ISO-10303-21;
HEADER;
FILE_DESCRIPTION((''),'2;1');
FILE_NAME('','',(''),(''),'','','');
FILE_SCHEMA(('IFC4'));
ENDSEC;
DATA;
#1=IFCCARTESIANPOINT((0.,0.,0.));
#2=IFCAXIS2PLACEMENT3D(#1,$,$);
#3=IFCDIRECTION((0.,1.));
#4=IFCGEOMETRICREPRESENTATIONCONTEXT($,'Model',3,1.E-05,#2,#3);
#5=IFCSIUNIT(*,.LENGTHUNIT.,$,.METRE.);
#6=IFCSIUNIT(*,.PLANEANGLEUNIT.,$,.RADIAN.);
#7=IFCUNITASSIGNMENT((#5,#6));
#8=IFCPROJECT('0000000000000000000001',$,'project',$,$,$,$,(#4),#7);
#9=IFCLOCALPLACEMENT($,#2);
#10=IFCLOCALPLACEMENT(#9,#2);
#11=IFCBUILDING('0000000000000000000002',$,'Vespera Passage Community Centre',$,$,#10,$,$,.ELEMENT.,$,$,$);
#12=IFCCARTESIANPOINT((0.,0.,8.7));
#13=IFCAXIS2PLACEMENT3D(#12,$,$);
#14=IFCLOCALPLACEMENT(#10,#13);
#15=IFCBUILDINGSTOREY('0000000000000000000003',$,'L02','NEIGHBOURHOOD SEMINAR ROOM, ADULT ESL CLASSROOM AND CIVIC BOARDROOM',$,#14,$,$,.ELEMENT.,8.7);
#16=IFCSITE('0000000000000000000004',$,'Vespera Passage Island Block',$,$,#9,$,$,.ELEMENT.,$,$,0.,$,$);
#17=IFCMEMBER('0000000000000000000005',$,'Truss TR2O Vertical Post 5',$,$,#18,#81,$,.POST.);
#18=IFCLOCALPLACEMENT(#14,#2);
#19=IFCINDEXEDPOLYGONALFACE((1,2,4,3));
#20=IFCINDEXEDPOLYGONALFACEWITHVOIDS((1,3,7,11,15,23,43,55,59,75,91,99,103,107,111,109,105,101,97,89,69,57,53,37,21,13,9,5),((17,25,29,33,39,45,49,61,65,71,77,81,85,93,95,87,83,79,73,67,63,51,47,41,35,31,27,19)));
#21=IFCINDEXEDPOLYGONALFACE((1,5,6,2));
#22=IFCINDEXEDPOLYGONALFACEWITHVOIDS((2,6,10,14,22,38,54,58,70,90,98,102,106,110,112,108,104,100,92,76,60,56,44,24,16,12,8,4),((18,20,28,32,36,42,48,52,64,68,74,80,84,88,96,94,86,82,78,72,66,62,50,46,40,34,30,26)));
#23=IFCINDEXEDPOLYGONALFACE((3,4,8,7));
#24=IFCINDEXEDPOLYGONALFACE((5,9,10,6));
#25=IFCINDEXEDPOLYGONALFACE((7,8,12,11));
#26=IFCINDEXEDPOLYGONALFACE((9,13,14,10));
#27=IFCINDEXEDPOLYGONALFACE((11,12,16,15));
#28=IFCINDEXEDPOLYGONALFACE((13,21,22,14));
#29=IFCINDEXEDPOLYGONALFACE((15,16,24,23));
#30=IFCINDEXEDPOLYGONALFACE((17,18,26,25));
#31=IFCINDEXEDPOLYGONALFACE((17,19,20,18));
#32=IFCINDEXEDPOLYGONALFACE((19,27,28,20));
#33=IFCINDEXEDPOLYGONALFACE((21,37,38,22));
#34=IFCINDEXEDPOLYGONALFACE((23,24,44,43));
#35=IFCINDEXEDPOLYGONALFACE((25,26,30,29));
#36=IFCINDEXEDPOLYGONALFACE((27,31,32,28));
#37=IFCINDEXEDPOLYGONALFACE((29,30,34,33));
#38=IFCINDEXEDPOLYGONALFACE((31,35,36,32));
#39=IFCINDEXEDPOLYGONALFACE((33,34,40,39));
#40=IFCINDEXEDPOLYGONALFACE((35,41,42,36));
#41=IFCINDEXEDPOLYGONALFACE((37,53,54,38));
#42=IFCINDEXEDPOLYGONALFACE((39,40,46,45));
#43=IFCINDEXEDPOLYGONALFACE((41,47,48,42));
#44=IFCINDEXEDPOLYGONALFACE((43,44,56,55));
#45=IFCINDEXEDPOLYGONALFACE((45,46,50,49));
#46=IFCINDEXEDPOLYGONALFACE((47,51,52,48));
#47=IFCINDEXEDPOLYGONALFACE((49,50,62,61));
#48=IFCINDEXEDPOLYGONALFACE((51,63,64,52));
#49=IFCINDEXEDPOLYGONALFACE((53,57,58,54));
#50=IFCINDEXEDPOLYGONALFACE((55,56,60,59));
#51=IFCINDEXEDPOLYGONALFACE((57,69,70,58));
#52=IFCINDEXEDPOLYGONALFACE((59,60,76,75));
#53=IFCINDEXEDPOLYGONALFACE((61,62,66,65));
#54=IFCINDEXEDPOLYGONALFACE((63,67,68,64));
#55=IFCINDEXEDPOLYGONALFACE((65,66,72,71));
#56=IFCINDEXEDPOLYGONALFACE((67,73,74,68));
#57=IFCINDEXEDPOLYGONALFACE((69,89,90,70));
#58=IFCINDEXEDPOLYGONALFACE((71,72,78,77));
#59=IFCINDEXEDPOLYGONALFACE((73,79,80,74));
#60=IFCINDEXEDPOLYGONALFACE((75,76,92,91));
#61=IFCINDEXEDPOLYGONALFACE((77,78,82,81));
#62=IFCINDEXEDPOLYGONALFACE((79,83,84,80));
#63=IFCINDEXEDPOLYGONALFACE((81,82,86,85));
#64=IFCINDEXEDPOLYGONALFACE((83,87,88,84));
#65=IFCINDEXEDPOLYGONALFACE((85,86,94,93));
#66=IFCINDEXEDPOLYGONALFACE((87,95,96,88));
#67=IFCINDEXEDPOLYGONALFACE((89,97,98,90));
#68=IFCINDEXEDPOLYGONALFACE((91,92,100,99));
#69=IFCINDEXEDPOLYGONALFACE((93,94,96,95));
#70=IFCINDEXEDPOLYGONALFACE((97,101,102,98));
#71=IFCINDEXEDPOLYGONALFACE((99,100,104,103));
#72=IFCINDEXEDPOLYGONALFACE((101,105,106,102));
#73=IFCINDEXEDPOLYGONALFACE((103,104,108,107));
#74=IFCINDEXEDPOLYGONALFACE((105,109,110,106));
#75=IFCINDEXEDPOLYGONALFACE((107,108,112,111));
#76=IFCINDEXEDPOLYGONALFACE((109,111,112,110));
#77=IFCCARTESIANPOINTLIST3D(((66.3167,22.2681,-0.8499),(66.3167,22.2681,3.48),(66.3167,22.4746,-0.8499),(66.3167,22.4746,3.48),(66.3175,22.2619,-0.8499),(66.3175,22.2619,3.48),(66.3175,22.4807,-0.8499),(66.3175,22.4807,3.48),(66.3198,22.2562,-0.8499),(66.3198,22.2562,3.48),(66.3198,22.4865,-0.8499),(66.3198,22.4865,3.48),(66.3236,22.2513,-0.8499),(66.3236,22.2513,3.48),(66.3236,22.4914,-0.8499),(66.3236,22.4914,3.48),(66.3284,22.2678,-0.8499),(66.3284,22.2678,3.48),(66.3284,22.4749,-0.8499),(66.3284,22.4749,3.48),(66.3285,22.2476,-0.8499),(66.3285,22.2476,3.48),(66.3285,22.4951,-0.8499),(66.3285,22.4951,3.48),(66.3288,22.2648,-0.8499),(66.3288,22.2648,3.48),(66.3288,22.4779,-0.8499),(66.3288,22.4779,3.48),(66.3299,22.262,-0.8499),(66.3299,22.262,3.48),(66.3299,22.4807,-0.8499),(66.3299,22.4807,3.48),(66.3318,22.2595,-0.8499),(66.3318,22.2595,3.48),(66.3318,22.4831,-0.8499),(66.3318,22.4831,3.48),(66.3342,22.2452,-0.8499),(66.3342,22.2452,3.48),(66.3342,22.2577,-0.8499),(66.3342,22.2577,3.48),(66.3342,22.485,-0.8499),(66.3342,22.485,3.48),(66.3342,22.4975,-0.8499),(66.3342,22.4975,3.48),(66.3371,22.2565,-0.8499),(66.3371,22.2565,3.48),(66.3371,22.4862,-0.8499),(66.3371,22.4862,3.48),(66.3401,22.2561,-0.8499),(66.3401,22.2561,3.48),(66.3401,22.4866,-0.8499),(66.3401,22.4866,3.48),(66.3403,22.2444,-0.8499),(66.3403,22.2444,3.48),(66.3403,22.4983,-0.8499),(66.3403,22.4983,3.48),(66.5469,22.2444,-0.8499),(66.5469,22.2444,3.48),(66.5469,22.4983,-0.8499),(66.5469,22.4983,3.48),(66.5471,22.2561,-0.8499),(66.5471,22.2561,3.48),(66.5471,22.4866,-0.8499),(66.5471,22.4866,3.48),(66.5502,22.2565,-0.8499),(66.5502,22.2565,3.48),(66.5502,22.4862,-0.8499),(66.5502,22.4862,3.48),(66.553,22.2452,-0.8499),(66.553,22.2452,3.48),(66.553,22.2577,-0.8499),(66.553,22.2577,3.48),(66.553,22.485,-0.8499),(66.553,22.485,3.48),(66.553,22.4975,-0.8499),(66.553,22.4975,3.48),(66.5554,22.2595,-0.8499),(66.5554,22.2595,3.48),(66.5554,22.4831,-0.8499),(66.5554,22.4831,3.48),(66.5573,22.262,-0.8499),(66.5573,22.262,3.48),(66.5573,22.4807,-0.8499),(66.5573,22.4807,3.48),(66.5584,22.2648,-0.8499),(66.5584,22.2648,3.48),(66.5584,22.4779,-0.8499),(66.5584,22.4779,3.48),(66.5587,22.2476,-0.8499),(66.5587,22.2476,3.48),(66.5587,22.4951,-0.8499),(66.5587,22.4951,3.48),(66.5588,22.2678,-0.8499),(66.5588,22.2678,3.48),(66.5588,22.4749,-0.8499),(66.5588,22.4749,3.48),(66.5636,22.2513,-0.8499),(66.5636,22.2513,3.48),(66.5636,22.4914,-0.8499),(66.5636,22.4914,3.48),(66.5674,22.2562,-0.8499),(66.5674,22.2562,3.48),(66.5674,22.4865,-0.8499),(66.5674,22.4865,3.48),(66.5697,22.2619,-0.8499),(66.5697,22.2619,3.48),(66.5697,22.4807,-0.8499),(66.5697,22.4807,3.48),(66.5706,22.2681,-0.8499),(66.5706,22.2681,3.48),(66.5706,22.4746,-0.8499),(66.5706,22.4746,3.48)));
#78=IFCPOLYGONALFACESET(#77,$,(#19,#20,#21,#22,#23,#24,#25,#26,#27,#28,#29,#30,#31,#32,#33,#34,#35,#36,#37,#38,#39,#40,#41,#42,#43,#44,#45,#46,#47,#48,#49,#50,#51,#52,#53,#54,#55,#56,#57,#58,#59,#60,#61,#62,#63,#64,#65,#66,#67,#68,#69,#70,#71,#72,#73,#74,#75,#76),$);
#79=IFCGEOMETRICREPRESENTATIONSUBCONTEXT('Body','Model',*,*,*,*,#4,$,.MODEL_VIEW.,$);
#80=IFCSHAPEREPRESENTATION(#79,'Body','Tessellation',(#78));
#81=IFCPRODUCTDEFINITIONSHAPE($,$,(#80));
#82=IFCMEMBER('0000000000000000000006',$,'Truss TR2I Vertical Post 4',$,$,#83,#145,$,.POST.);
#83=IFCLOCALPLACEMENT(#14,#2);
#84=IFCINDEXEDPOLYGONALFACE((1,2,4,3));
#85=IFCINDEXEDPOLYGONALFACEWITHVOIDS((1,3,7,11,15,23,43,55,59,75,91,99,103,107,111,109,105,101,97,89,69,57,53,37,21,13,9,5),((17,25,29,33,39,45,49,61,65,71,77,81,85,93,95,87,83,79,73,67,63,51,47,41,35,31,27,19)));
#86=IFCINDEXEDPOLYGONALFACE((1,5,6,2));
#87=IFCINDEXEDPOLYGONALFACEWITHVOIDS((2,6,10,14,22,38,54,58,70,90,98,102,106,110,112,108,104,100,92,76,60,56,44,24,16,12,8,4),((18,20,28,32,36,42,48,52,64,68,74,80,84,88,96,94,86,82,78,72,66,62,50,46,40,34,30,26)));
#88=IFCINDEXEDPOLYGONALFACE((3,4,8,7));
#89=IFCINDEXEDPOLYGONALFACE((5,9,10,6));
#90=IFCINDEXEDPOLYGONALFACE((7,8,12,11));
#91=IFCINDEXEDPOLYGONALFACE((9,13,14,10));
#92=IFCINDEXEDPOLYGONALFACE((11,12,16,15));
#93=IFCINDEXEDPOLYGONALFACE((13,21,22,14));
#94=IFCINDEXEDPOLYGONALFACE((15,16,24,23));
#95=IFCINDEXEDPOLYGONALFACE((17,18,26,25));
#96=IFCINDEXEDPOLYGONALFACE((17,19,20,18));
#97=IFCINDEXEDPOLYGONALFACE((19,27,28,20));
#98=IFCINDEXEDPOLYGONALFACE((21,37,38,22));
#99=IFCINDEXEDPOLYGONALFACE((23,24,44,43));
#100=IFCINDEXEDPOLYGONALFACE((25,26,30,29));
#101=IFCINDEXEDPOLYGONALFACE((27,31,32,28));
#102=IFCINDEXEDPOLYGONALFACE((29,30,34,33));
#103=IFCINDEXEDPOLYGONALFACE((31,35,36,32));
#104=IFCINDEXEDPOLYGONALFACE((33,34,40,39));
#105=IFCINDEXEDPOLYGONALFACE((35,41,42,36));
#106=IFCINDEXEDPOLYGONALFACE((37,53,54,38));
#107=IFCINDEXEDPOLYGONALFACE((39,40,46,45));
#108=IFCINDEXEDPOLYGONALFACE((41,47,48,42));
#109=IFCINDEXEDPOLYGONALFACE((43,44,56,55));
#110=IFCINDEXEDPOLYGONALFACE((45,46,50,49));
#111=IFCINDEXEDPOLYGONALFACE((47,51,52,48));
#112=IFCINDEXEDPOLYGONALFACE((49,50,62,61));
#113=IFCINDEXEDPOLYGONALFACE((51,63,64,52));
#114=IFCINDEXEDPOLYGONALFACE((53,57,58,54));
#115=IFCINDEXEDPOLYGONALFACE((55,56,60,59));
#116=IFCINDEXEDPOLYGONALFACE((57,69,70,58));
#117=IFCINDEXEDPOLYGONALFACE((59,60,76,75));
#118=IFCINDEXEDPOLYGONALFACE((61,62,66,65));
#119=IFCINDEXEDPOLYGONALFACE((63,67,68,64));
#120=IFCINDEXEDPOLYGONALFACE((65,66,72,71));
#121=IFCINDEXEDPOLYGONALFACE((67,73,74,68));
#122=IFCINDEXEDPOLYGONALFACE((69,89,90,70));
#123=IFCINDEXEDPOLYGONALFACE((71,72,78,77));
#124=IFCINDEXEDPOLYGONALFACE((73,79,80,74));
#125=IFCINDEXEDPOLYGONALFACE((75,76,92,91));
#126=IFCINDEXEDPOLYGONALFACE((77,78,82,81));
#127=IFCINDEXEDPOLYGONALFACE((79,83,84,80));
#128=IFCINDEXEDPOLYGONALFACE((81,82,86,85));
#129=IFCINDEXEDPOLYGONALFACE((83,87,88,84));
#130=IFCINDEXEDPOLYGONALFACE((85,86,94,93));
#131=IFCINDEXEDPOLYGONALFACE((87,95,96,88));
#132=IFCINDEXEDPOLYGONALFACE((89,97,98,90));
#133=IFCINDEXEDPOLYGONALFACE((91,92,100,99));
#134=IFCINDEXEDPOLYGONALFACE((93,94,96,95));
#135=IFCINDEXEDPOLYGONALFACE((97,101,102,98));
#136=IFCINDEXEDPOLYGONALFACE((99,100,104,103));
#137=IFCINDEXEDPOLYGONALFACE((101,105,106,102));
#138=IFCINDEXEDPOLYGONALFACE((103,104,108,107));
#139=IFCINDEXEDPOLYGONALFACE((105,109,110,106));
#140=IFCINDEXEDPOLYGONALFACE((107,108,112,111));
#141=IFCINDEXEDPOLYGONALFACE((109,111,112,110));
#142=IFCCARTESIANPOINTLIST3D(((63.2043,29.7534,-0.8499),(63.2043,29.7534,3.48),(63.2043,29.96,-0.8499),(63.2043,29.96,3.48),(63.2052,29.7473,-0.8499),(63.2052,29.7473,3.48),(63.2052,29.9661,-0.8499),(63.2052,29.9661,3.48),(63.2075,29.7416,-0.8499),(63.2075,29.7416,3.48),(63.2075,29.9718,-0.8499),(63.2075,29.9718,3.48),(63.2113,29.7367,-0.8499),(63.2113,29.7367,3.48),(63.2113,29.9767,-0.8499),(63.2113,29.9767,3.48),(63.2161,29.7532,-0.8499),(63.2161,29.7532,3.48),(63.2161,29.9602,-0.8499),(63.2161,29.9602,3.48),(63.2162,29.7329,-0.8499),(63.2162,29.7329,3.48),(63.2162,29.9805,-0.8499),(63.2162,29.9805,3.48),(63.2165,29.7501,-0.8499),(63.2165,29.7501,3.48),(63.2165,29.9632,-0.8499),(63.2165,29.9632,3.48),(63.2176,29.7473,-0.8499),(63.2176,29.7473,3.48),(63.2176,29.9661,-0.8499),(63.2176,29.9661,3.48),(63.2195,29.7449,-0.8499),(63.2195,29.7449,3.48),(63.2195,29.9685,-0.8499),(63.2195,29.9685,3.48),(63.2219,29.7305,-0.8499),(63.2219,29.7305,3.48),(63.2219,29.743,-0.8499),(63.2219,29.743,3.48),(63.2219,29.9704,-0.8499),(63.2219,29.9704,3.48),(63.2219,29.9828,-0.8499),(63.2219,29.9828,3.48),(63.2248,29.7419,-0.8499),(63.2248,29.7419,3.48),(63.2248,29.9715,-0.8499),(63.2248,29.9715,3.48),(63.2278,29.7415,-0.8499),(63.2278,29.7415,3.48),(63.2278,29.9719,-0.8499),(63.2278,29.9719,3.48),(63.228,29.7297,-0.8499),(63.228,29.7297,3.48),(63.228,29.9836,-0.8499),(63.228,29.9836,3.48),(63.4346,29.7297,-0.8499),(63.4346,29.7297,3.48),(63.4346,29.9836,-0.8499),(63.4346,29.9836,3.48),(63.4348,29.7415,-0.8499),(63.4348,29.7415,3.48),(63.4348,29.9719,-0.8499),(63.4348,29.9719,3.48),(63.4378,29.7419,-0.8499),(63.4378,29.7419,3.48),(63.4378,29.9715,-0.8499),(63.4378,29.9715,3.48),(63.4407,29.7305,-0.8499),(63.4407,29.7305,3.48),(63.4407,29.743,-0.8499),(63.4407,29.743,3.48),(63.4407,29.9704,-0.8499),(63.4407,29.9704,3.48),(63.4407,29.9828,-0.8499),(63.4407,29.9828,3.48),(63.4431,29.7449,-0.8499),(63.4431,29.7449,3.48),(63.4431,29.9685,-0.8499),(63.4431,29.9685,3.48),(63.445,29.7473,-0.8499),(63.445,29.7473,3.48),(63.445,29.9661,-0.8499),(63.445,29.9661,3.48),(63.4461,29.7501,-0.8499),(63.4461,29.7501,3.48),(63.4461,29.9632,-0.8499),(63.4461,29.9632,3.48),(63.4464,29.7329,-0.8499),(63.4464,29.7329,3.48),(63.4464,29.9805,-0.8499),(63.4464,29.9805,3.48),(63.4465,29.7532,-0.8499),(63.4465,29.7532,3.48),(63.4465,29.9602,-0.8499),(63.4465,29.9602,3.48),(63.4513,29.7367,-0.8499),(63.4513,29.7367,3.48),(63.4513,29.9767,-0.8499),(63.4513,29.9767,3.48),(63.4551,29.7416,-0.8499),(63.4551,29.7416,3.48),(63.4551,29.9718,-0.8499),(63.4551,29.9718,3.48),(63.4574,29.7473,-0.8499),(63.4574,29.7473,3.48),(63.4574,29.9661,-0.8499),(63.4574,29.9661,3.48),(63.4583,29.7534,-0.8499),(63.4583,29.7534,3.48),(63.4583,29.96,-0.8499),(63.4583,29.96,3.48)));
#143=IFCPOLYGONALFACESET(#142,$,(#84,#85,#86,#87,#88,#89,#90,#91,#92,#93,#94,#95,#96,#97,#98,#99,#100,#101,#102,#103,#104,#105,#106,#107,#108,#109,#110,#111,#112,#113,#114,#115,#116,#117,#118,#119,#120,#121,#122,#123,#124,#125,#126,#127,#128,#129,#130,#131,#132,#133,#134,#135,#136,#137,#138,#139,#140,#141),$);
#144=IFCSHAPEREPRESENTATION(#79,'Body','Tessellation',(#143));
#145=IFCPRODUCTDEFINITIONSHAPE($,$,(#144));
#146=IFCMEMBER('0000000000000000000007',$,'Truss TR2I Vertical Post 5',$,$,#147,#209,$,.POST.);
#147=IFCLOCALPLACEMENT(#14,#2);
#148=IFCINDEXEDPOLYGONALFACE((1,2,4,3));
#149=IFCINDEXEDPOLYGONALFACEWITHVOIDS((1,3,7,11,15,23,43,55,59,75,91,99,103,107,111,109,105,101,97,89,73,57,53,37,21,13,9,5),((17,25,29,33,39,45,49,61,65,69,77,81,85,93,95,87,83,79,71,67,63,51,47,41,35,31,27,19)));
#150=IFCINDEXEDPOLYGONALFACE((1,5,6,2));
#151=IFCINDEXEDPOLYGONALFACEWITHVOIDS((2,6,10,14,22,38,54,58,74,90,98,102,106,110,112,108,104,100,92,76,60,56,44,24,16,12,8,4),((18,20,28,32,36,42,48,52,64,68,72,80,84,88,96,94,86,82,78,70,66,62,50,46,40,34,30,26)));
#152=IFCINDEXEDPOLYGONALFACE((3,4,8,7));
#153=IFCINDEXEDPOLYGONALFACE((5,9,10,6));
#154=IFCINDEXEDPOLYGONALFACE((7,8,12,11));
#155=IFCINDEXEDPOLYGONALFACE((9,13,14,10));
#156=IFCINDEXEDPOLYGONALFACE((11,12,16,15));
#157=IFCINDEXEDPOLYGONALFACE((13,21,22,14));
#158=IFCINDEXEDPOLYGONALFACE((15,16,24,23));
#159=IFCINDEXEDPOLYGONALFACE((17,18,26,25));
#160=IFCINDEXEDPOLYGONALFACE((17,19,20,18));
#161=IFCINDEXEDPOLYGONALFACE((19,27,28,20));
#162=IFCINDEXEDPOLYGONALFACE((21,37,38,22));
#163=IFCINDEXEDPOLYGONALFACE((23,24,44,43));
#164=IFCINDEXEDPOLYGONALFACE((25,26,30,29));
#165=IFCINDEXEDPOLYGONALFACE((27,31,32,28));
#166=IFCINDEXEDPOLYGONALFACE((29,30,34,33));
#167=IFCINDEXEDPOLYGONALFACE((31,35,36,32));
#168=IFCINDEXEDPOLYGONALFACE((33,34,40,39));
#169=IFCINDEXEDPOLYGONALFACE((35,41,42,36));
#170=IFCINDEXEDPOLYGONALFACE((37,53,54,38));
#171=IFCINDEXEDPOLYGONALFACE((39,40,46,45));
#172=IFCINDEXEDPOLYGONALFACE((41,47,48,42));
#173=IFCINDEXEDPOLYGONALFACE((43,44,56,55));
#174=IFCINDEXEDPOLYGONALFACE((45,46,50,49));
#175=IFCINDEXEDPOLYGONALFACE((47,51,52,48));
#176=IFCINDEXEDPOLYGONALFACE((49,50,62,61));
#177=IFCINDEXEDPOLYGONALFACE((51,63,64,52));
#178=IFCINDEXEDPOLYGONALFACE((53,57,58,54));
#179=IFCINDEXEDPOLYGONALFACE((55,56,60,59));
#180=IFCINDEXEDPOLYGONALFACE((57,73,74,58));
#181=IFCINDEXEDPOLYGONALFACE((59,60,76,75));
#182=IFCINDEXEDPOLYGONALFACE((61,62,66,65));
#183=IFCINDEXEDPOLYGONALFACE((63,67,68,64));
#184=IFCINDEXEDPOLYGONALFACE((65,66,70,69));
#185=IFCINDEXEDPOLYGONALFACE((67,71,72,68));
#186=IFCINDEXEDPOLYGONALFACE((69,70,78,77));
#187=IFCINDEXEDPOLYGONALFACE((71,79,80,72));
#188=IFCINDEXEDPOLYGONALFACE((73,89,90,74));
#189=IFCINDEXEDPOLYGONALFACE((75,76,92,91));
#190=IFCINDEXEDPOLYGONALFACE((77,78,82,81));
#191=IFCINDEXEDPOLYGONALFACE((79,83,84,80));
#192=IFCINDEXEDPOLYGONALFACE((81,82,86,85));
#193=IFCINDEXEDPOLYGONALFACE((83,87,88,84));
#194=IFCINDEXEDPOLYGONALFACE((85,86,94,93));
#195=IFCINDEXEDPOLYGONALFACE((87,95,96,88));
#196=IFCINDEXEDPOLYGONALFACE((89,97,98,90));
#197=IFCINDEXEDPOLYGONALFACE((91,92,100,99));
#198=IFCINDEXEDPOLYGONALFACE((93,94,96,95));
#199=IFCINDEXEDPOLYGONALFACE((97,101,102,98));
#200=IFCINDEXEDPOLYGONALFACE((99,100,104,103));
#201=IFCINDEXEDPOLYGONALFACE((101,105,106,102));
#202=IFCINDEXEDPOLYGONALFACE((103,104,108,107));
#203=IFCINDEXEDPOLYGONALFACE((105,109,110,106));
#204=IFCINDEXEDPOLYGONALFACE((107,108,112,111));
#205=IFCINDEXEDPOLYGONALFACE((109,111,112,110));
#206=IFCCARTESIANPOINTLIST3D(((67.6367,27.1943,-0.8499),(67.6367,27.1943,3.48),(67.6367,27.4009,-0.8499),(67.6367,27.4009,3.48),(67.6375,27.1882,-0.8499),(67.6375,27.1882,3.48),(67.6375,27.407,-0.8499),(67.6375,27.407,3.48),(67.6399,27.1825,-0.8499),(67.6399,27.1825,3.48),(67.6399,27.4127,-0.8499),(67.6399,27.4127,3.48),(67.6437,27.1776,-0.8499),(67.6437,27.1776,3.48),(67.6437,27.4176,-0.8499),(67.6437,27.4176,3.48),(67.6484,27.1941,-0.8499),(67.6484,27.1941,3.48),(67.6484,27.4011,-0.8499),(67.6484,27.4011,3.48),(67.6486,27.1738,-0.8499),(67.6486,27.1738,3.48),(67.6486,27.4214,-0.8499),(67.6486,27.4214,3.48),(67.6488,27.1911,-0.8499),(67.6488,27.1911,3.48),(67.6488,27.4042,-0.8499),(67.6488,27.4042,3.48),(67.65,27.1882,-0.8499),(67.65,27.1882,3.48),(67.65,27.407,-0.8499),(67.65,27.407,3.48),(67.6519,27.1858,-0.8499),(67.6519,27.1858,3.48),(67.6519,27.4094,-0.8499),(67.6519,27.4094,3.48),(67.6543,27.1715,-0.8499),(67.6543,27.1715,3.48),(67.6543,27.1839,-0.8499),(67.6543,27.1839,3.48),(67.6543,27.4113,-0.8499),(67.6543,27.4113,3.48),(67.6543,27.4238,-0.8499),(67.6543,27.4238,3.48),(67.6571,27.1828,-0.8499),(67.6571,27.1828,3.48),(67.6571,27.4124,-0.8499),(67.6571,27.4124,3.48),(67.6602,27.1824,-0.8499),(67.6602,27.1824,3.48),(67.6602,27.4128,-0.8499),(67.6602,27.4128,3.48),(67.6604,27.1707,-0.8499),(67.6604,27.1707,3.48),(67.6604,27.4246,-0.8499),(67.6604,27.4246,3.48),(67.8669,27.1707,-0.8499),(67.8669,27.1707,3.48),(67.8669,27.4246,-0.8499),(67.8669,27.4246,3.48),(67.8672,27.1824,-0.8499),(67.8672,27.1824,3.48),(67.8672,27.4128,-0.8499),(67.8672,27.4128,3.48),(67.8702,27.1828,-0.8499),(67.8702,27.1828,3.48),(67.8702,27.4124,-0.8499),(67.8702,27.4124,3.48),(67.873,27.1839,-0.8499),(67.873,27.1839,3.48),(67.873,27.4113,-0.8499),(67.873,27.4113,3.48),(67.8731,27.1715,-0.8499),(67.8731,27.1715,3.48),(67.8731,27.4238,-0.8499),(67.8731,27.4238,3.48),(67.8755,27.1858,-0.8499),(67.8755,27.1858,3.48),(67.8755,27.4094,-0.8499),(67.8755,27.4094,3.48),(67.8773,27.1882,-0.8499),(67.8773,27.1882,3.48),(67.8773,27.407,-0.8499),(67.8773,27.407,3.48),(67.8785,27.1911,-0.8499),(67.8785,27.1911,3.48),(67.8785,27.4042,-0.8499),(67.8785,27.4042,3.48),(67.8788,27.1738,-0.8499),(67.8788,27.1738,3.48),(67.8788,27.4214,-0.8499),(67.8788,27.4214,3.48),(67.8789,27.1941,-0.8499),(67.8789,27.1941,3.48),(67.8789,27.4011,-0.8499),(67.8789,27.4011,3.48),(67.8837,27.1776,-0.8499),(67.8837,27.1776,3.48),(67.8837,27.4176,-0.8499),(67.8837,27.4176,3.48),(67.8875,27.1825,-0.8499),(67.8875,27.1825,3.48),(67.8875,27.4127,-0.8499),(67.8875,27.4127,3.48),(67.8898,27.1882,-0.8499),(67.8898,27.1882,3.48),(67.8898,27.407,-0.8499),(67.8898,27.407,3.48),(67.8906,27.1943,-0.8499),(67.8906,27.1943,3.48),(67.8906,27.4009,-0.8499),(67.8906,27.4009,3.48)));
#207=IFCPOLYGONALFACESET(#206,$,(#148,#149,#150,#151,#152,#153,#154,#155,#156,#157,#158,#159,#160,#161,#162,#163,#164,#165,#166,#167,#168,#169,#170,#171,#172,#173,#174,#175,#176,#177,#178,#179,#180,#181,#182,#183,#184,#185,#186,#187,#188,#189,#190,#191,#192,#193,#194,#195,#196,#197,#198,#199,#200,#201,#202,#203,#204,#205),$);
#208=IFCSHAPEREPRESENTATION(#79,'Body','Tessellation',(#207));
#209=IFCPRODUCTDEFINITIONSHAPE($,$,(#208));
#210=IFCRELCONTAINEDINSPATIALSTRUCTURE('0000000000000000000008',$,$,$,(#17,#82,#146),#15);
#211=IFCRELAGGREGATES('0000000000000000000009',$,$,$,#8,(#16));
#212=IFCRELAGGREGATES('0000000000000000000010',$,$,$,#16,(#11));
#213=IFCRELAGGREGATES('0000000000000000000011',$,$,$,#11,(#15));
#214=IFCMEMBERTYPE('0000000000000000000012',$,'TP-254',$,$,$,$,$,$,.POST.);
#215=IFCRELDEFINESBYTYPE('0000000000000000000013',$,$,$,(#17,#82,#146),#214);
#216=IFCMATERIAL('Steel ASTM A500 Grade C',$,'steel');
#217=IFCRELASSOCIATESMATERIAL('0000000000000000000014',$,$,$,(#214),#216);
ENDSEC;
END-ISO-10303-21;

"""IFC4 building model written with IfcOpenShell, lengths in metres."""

from ifc_helpers import new_model, si_unit, direction, frame, origin, origin_2d, place, context, subcontext, project, spatial, hollow_rectangle, extrude, material, material_profile, profile_set, type_object, element, save


model = new_model("IFC4")

# Units and contexts
model_context = context("Model", 3, precision=1e-05, world=origin(), true_north=direction((0.0, 1.0)))
body_context = subcontext(model_context, "Body", "Model", "MODEL_VIEW")
ifc_project = project(units=[si_unit("LENGTHUNIT", "METRE"), si_unit("PLANEANGLEUNIT", "RADIAN")], contexts=[model_context])

# Site, building, storey
site_placement = place(None, origin())
site = spatial("IfcSite", under=ifc_project, at=site_placement, Name="Vespera Passage Island Block", CompositionType="ELEMENT", RefElevation=0.0)
building_placement = place(site_placement, origin())
building = spatial("IfcBuilding", under=site, at=building_placement, Name="Vespera Passage Community Centre", CompositionType="ELEMENT")
storey_placement = place(building_placement, frame((0.0, 0.0, 8.7)))
storey = spatial("IfcBuildingStorey", under=building, at=storey_placement, Name="L02", Description="NEIGHBOURHOOD SEMINAR ROOM, ADULT ESL CLASSROOM AND CIVIC BOARDROOM", CompositionType="ELEMENT", Elevation=8.7)

# Members
ifc_material_1 = material(Name="Steel ASTM A500 Grade C", Category="steel")
ifc_material_profile_1 = material_profile(ifc_material_1, hollow_rectangle(XDim=0.2539, YDim=0.2539, WallThickness=0.0117, InnerFilletRadius=0.0117, OuterFilletRadius=0.0237, at=origin_2d()), Name="HSS254X254X12.7")
ifc_profile_set_1 = profile_set([ifc_material_profile_1], Name="Steel ASTM A500 Grade C")
member_type_1 = type_object("IfcMemberType", Name="TP-254", PredefinedType="POST", material=ifc_profile_set_1)
for number, where, z_axis, x_axis, name in (
    (1, (66.4436, 22.3713, -0.8499), (0.0, 0.0, 1.0), (1.0, 0.0, 0.0), "Truss TR2O Vertical Post 5"),
    (2, (63.3313, 29.8567, -0.8499), (0.0, 0.0, 1.0), (1.0, 0.0, 0.0), "Truss TR2I Vertical Post 4"),
    (3, (67.7637, 27.2976, -0.8499), (0.0, 0.0, 1.0), (1.0, 0.0, 0.0), "Truss TR2I Vertical Post 5"),
):
    element("IfcMember", number, at=place(storey_placement, frame(where, z_axis=z_axis, x_axis=x_axis)), inside=storey, type_object=member_type_1, Name=name, PredefinedType="POST", context=body_context, shape_type="SweptSolid", body=[
        extrude(hollow_rectangle(XDim=0.2539, YDim=0.2539, WallThickness=0.0117, InnerFilletRadius=0.0117, OuterFilletRadius=0.0237, at=origin_2d()), origin(), (0.0, 0.0, 1.0), 4.3298),
    ])

save(model, "model.ifc")
